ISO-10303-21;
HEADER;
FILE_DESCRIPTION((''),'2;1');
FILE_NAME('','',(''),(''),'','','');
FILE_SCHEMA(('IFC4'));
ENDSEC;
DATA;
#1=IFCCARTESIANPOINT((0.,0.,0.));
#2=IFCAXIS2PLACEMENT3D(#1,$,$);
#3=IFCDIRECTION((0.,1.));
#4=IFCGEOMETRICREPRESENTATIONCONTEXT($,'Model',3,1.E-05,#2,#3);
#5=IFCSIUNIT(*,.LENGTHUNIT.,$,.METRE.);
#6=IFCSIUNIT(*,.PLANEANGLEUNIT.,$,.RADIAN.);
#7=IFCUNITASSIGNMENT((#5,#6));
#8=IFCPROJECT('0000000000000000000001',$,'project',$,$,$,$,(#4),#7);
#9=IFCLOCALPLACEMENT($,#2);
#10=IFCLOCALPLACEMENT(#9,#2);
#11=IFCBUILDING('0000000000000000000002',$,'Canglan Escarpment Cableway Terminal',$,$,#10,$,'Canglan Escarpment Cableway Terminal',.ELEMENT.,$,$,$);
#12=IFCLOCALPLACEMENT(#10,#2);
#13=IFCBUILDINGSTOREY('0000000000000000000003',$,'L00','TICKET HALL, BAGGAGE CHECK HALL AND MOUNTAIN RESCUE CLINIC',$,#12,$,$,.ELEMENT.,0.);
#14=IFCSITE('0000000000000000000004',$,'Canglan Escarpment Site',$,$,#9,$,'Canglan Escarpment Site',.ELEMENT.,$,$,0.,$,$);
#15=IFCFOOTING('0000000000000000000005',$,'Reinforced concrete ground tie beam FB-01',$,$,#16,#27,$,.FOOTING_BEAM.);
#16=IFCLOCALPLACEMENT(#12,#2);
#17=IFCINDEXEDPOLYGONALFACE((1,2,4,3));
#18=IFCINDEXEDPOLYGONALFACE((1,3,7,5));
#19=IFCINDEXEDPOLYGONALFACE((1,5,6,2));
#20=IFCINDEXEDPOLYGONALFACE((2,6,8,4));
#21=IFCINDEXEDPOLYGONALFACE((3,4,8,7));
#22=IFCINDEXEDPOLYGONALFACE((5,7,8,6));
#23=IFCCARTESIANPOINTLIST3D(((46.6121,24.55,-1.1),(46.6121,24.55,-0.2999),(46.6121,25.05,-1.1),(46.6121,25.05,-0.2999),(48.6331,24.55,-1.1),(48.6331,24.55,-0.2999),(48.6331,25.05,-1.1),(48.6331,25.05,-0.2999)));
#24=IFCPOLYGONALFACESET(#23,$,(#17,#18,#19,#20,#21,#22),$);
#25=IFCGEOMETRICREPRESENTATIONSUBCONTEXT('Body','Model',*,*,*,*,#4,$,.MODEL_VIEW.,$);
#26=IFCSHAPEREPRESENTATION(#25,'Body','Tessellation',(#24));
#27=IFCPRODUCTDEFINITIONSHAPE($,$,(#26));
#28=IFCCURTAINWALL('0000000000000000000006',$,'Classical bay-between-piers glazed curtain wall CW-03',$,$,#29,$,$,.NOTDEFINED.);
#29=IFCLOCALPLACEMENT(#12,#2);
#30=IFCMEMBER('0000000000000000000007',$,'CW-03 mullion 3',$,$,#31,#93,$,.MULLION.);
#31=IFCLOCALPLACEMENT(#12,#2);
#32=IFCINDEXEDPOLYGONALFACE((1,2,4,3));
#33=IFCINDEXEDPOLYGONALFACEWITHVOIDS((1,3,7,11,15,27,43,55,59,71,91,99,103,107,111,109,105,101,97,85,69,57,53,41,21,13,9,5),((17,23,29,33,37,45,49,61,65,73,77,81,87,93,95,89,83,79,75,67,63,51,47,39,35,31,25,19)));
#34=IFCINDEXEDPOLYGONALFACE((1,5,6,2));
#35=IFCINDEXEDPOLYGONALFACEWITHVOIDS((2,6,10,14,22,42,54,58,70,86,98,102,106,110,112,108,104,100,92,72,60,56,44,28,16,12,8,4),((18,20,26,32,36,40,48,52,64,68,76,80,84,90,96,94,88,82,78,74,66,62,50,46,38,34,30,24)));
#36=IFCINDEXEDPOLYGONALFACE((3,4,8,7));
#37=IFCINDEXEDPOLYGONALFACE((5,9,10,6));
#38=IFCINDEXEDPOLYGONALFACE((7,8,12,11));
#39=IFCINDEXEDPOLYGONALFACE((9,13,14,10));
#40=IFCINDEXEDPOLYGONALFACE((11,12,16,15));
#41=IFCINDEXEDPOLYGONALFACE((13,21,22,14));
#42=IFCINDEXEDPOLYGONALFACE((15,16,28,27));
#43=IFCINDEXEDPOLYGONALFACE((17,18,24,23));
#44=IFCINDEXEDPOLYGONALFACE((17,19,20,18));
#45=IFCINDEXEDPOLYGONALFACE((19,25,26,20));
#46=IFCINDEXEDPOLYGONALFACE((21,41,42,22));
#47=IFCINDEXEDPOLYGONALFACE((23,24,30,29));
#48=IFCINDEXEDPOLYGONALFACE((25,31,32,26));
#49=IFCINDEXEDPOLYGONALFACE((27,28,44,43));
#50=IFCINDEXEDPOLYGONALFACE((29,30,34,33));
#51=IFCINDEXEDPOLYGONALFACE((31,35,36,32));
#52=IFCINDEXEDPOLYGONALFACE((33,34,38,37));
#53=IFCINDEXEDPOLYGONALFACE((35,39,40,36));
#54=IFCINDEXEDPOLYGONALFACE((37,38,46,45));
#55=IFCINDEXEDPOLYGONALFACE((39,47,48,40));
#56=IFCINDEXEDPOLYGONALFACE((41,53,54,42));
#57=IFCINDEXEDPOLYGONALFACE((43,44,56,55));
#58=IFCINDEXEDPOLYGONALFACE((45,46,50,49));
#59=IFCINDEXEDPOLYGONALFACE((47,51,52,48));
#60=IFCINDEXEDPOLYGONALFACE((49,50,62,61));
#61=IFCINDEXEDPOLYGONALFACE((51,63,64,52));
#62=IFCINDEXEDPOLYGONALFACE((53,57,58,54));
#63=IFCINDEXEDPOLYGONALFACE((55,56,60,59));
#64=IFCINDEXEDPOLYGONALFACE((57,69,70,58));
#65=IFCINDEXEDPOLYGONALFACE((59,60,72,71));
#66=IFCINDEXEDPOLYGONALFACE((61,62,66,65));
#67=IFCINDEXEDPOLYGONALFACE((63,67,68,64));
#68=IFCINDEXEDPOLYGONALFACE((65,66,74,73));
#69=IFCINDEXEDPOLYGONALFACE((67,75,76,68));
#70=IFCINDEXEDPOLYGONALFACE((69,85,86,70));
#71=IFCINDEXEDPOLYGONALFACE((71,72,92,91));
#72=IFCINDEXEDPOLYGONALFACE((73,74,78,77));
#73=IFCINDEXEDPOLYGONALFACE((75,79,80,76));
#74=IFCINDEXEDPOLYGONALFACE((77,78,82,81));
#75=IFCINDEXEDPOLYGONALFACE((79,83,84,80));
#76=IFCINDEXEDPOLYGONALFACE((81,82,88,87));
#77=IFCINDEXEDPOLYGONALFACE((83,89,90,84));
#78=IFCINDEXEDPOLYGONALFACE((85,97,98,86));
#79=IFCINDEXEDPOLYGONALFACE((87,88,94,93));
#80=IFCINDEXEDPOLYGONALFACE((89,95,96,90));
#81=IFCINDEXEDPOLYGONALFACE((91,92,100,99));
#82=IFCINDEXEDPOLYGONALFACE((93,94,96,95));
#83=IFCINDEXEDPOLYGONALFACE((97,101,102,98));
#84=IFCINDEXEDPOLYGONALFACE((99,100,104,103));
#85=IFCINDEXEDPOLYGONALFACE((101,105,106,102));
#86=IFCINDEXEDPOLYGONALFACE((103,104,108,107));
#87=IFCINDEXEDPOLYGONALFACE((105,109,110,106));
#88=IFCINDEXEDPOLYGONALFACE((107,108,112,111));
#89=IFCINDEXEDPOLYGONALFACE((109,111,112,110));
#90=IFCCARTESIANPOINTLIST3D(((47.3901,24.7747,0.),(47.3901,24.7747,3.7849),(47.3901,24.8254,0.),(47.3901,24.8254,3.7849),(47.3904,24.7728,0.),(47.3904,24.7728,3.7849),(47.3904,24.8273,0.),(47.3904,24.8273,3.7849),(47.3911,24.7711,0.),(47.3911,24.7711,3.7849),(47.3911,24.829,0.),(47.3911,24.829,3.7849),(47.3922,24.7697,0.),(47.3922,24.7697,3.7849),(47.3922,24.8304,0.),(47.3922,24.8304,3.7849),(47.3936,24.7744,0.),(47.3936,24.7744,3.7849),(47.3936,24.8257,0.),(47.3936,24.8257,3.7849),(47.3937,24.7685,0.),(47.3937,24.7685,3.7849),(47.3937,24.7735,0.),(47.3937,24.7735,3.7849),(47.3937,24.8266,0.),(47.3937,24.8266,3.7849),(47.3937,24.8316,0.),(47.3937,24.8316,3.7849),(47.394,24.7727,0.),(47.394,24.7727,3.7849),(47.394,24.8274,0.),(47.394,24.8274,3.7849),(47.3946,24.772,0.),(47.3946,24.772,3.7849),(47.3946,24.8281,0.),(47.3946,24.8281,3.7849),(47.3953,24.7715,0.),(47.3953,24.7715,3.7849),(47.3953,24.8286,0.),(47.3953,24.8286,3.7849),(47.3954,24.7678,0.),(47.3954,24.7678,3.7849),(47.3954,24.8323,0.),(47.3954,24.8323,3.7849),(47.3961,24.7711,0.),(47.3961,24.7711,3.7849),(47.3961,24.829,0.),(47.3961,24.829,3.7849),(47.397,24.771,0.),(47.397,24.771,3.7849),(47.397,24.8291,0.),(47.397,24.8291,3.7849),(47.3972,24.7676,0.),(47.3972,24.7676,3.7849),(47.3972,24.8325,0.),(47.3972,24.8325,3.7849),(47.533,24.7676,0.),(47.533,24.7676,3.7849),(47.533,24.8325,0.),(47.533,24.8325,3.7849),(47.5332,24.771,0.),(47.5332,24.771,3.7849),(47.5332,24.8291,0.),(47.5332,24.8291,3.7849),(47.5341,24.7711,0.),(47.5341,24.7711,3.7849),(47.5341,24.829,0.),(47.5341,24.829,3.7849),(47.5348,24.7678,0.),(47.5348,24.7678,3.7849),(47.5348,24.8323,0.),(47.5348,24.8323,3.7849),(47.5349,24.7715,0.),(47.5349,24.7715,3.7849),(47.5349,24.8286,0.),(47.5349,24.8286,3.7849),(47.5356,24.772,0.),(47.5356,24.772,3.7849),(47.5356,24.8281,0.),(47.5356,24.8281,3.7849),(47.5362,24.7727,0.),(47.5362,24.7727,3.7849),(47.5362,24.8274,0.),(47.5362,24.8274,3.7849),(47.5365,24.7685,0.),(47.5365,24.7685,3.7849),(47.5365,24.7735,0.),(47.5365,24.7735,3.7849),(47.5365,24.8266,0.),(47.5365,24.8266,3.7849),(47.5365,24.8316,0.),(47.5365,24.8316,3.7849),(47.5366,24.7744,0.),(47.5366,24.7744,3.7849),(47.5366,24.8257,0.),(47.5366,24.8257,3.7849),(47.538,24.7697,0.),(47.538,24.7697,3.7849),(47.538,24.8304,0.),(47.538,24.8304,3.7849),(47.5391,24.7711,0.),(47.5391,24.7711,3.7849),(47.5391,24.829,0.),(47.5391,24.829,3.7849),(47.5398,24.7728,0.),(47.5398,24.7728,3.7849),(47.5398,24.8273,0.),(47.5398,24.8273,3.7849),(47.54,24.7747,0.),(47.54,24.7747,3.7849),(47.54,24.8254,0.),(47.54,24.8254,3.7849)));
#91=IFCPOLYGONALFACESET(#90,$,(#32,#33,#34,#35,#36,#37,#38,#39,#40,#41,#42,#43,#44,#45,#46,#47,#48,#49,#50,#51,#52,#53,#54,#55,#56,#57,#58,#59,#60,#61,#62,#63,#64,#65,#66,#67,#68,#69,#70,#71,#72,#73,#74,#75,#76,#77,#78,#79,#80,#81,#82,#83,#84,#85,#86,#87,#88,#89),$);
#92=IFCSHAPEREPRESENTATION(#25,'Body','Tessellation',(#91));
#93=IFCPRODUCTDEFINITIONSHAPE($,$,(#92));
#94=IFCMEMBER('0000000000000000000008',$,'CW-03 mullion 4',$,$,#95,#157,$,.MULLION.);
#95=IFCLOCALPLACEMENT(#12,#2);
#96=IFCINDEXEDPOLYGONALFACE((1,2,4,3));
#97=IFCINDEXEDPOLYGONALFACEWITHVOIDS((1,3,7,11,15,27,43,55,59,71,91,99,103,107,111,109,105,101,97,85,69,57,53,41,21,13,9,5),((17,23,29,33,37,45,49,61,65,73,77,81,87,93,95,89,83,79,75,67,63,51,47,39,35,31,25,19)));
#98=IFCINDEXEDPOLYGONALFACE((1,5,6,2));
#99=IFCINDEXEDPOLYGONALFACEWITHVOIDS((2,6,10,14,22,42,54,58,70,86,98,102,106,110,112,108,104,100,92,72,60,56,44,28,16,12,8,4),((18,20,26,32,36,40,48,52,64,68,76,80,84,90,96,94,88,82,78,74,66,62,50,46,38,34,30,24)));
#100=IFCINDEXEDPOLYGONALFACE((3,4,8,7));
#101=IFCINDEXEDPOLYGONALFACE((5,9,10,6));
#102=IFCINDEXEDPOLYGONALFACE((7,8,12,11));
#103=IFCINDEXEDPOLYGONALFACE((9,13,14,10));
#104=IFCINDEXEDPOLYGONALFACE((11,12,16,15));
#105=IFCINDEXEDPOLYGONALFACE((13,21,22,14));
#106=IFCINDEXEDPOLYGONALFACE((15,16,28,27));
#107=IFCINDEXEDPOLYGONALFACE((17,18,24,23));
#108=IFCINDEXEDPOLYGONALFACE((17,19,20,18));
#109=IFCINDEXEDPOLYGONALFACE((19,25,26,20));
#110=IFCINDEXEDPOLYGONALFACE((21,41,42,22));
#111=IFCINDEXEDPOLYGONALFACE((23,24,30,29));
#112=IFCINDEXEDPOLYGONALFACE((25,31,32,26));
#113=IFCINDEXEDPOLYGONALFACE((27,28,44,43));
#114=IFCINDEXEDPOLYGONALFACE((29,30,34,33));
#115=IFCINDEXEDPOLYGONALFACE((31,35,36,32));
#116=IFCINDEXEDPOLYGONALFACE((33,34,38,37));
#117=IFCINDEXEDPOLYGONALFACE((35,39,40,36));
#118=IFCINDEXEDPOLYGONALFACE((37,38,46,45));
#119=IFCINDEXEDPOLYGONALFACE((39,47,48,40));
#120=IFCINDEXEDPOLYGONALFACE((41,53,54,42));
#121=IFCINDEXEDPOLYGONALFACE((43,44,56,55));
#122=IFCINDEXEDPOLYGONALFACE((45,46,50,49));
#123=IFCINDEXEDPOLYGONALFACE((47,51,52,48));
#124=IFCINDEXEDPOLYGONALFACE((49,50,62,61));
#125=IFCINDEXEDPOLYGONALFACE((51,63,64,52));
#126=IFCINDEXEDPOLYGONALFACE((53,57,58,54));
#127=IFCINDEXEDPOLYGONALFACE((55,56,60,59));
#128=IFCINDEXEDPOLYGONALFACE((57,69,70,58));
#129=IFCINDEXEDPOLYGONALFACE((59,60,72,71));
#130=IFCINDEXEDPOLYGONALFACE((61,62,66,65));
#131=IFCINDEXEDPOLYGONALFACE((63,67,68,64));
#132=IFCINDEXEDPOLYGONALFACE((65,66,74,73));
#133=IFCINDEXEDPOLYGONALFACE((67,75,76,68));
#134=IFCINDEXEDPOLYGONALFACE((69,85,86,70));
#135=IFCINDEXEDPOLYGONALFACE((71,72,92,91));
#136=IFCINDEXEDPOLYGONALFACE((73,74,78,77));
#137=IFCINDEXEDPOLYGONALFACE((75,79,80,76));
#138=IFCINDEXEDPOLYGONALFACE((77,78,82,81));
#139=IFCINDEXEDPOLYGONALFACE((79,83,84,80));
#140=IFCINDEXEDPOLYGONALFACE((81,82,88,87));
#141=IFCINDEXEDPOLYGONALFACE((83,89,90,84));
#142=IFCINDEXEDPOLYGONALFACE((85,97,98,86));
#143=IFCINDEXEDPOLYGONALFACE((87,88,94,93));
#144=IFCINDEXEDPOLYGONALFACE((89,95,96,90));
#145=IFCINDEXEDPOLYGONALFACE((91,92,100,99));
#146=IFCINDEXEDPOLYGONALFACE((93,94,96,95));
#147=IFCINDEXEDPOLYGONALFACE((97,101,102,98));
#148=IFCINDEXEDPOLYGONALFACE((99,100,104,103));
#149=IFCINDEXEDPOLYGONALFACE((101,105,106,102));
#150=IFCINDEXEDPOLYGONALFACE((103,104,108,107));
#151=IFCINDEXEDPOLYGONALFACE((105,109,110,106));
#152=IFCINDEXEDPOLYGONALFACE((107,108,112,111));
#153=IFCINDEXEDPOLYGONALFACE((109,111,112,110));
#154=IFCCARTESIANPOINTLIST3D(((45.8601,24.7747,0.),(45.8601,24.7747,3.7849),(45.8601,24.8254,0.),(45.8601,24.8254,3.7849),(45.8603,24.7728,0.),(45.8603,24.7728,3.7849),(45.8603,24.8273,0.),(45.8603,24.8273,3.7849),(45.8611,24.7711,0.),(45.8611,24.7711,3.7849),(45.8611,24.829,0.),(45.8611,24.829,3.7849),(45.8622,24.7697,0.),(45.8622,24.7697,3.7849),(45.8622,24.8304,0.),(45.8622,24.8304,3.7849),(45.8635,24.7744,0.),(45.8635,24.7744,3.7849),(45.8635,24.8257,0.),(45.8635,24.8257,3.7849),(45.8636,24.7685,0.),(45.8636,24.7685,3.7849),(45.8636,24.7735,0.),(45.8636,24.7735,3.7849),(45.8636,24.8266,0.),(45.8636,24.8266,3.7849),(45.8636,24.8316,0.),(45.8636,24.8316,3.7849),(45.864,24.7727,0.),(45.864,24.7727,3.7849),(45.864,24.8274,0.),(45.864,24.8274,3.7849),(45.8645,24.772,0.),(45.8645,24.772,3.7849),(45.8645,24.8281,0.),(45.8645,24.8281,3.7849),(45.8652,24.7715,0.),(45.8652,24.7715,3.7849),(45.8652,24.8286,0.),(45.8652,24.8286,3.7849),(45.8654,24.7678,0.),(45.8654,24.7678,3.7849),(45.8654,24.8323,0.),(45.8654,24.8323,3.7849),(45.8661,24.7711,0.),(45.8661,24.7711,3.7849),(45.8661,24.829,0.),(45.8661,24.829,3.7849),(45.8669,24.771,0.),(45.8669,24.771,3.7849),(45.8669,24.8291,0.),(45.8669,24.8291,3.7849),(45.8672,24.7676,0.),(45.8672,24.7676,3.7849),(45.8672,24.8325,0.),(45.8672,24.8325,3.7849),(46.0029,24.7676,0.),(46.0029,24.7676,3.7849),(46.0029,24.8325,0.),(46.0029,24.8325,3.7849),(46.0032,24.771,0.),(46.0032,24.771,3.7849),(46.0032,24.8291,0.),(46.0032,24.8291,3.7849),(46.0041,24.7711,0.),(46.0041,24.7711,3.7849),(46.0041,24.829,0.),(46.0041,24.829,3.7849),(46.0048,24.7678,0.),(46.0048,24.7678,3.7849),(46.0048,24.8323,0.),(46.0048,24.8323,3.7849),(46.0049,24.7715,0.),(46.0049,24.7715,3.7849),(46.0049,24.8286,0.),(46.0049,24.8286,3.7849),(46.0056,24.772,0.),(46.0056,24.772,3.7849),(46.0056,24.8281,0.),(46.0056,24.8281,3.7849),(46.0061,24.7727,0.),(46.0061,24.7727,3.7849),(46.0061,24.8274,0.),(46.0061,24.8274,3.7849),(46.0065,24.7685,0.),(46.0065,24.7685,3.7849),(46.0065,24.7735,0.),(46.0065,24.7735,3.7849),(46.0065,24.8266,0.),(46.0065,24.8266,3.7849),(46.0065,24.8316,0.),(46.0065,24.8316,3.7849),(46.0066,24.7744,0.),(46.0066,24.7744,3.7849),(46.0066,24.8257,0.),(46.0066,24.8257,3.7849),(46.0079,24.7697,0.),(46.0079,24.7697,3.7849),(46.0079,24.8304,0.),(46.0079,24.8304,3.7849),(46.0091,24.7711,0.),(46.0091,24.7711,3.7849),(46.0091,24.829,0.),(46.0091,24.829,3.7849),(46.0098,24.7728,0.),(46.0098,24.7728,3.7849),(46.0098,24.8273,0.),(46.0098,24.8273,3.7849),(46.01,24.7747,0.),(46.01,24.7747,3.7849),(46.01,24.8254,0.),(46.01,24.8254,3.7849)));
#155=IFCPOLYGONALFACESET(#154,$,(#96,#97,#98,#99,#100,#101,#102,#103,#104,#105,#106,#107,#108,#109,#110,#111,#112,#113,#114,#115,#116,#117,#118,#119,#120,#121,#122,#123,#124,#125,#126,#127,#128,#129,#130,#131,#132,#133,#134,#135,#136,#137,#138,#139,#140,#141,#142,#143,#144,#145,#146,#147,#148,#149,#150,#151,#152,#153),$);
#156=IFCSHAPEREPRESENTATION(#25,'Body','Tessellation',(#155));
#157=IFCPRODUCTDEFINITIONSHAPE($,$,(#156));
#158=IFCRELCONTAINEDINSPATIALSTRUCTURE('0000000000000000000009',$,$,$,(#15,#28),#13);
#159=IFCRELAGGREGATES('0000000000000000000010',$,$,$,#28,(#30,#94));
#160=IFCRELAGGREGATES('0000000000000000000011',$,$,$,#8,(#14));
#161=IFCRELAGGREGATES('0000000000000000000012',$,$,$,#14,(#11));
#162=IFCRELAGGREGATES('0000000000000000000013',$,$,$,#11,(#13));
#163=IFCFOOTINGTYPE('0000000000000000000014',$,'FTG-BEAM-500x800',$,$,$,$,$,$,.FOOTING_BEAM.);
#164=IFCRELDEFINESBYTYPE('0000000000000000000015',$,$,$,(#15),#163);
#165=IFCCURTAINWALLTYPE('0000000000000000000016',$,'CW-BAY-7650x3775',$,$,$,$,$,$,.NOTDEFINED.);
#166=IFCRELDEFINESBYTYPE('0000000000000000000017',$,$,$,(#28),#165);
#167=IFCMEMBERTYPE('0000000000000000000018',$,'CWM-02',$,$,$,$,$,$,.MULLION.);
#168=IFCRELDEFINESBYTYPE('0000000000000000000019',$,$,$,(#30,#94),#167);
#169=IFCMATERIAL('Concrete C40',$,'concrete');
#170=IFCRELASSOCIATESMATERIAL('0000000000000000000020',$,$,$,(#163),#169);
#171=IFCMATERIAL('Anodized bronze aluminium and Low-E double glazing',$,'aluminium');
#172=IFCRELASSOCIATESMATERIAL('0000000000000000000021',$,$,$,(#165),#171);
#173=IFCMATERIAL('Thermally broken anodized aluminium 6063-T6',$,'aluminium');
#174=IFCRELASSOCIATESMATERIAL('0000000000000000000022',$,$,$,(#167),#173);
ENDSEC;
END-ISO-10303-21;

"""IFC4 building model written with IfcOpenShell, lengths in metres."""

from ifc_helpers import new_model, si_unit, direction, frame, origin, origin_2d, place, context, subcontext, project, spatial, rectangle, hollow_rectangle, extrude, material, material_profile, profile_set, type_object, element, aggregate, save


model = new_model("IFC4")

# Units and contexts
model_context = context("Model", 3, precision=1e-05, world=origin(), true_north=direction((0.0, 1.0)))
body_context = subcontext(model_context, "Body", "Model", "MODEL_VIEW")
ifc_project = project(units=[si_unit("LENGTHUNIT", "METRE"), si_unit("PLANEANGLEUNIT", "RADIAN")], contexts=[model_context])

# Site, building, storey
site_placement = place(None, origin())
site = spatial("IfcSite", under=ifc_project, at=site_placement, Name="Canglan Escarpment Site", LongName="Canglan Escarpment Site", CompositionType="ELEMENT", RefElevation=0.0)
building_placement = place(site_placement, origin())
building = spatial("IfcBuilding", under=site, at=building_placement, Name="Canglan Escarpment Cableway Terminal", LongName="Canglan Escarpment Cableway Terminal", CompositionType="ELEMENT")
storey_placement = place(building_placement, origin())
storey = spatial("IfcBuildingStorey", under=building, at=storey_placement, Name="L00", Description="TICKET HALL, BAGGAGE CHECK HALL AND MOUNTAIN RESCUE CLINIC", CompositionType="ELEMENT", Elevation=0.0)

# Footing
ifc_material_1 = material(Name="Concrete C40", Category="concrete")
ifc_material_profile_1 = material_profile(ifc_material_1, rectangle(XDim=0.5, YDim=0.8, at=origin_2d()), Name="FB 500x800")
ifc_profile_set_1 = profile_set([ifc_material_profile_1], Name="Concrete C40")
footing_type = type_object("IfcFootingType", Name="FTG-BEAM-500x800", PredefinedType="FOOTING_BEAM", material=ifc_profile_set_1)
footing_placement = place(storey_placement, frame((46.6121, 24.8, -0.7), z_axis=(1.0, 0.0, 0.0), x_axis=(0.0, 1.0, 0.0)))
element("IfcFooting", 1, at=footing_placement, inside=storey, type_object=footing_type, Name="Reinforced concrete ground tie beam FB-01", PredefinedType="FOOTING_BEAM", context=body_context, shape_type="SweptSolid", body=[
    extrude(rectangle(XDim=0.5, YDim=0.8, at=origin_2d()), origin(), (0.0, 0.0, 1.0), 2.021),
])

# Curtain wall, members
ifc_material_2 = material(Name="Anodized bronze aluminium and Low-E double glazing", Category="aluminium")
curtain_wall_type = type_object("IfcCurtainWallType", Name="CW-BAY-7650x3775", PredefinedType="NOTDEFINED", material=ifc_material_2)
curtain_wall_placement = place(storey_placement, origin())
curtain_wall = element("IfcCurtainWall", 2, at=curtain_wall_placement, inside=storey, type_object=curtain_wall_type, Name="Classical bay-between-piers glazed curtain wall CW-03", PredefinedType="NOTDEFINED")
ifc_material_3 = material(Name="Thermally broken anodized aluminium 6063-T6", Category="aluminium")
ifc_material_profile_2 = material_profile(ifc_material_3, hollow_rectangle(XDim=0.0649, YDim=0.1499, WallThickness=0.0034, InnerFilletRadius=0.0034, OuterFilletRadius=0.0071, at=origin_2d()), Name="ALU-MULL 65x150x3.5")
ifc_profile_set_2 = profile_set([ifc_material_profile_2], Name="Thermally broken anodized aluminium 6063-T6")
member_type_1 = type_object("IfcMemberType", Name="CWM-02", PredefinedType="MULLION", material=ifc_profile_set_2)
member_1_placement = place(storey_placement, frame((47.4651, 24.8, 0.0), z_axis=(0.0, 0.0, 1.0), x_axis=(0.0, -1.0, 0.0)))
member_1 = element("IfcMember", 3, at=member_1_placement, type_object=member_type_1, Name="CW-03 mullion 3", PredefinedType="MULLION", context=body_context, shape_type="SweptSolid", body=[
    extrude(hollow_rectangle(XDim=0.0649, YDim=0.1499, WallThickness=0.0034, InnerFilletRadius=0.0034, OuterFilletRadius=0.0071, at=origin_2d()), origin(), (0.0, 0.0, 1.0), 3.7849),
])
member_2_placement = place(storey_placement, frame((45.9351, 24.8, 0.0), z_axis=(0.0, 0.0, 1.0), x_axis=(0.0, -1.0, 0.0)))
member_2 = element("IfcMember", 4, at=member_2_placement, type_object=member_type_1, Name="CW-03 mullion 4", PredefinedType="MULLION", context=body_context, shape_type="SweptSolid", body=[
    extrude(hollow_rectangle(XDim=0.0649, YDim=0.1499, WallThickness=0.0034, InnerFilletRadius=0.0034, OuterFilletRadius=0.0071, at=origin_2d()), origin(), (0.0, 0.0, 1.0), 3.7849),
])
aggregate(curtain_wall, [member_1, member_2])

save(model, "model.ifc")
